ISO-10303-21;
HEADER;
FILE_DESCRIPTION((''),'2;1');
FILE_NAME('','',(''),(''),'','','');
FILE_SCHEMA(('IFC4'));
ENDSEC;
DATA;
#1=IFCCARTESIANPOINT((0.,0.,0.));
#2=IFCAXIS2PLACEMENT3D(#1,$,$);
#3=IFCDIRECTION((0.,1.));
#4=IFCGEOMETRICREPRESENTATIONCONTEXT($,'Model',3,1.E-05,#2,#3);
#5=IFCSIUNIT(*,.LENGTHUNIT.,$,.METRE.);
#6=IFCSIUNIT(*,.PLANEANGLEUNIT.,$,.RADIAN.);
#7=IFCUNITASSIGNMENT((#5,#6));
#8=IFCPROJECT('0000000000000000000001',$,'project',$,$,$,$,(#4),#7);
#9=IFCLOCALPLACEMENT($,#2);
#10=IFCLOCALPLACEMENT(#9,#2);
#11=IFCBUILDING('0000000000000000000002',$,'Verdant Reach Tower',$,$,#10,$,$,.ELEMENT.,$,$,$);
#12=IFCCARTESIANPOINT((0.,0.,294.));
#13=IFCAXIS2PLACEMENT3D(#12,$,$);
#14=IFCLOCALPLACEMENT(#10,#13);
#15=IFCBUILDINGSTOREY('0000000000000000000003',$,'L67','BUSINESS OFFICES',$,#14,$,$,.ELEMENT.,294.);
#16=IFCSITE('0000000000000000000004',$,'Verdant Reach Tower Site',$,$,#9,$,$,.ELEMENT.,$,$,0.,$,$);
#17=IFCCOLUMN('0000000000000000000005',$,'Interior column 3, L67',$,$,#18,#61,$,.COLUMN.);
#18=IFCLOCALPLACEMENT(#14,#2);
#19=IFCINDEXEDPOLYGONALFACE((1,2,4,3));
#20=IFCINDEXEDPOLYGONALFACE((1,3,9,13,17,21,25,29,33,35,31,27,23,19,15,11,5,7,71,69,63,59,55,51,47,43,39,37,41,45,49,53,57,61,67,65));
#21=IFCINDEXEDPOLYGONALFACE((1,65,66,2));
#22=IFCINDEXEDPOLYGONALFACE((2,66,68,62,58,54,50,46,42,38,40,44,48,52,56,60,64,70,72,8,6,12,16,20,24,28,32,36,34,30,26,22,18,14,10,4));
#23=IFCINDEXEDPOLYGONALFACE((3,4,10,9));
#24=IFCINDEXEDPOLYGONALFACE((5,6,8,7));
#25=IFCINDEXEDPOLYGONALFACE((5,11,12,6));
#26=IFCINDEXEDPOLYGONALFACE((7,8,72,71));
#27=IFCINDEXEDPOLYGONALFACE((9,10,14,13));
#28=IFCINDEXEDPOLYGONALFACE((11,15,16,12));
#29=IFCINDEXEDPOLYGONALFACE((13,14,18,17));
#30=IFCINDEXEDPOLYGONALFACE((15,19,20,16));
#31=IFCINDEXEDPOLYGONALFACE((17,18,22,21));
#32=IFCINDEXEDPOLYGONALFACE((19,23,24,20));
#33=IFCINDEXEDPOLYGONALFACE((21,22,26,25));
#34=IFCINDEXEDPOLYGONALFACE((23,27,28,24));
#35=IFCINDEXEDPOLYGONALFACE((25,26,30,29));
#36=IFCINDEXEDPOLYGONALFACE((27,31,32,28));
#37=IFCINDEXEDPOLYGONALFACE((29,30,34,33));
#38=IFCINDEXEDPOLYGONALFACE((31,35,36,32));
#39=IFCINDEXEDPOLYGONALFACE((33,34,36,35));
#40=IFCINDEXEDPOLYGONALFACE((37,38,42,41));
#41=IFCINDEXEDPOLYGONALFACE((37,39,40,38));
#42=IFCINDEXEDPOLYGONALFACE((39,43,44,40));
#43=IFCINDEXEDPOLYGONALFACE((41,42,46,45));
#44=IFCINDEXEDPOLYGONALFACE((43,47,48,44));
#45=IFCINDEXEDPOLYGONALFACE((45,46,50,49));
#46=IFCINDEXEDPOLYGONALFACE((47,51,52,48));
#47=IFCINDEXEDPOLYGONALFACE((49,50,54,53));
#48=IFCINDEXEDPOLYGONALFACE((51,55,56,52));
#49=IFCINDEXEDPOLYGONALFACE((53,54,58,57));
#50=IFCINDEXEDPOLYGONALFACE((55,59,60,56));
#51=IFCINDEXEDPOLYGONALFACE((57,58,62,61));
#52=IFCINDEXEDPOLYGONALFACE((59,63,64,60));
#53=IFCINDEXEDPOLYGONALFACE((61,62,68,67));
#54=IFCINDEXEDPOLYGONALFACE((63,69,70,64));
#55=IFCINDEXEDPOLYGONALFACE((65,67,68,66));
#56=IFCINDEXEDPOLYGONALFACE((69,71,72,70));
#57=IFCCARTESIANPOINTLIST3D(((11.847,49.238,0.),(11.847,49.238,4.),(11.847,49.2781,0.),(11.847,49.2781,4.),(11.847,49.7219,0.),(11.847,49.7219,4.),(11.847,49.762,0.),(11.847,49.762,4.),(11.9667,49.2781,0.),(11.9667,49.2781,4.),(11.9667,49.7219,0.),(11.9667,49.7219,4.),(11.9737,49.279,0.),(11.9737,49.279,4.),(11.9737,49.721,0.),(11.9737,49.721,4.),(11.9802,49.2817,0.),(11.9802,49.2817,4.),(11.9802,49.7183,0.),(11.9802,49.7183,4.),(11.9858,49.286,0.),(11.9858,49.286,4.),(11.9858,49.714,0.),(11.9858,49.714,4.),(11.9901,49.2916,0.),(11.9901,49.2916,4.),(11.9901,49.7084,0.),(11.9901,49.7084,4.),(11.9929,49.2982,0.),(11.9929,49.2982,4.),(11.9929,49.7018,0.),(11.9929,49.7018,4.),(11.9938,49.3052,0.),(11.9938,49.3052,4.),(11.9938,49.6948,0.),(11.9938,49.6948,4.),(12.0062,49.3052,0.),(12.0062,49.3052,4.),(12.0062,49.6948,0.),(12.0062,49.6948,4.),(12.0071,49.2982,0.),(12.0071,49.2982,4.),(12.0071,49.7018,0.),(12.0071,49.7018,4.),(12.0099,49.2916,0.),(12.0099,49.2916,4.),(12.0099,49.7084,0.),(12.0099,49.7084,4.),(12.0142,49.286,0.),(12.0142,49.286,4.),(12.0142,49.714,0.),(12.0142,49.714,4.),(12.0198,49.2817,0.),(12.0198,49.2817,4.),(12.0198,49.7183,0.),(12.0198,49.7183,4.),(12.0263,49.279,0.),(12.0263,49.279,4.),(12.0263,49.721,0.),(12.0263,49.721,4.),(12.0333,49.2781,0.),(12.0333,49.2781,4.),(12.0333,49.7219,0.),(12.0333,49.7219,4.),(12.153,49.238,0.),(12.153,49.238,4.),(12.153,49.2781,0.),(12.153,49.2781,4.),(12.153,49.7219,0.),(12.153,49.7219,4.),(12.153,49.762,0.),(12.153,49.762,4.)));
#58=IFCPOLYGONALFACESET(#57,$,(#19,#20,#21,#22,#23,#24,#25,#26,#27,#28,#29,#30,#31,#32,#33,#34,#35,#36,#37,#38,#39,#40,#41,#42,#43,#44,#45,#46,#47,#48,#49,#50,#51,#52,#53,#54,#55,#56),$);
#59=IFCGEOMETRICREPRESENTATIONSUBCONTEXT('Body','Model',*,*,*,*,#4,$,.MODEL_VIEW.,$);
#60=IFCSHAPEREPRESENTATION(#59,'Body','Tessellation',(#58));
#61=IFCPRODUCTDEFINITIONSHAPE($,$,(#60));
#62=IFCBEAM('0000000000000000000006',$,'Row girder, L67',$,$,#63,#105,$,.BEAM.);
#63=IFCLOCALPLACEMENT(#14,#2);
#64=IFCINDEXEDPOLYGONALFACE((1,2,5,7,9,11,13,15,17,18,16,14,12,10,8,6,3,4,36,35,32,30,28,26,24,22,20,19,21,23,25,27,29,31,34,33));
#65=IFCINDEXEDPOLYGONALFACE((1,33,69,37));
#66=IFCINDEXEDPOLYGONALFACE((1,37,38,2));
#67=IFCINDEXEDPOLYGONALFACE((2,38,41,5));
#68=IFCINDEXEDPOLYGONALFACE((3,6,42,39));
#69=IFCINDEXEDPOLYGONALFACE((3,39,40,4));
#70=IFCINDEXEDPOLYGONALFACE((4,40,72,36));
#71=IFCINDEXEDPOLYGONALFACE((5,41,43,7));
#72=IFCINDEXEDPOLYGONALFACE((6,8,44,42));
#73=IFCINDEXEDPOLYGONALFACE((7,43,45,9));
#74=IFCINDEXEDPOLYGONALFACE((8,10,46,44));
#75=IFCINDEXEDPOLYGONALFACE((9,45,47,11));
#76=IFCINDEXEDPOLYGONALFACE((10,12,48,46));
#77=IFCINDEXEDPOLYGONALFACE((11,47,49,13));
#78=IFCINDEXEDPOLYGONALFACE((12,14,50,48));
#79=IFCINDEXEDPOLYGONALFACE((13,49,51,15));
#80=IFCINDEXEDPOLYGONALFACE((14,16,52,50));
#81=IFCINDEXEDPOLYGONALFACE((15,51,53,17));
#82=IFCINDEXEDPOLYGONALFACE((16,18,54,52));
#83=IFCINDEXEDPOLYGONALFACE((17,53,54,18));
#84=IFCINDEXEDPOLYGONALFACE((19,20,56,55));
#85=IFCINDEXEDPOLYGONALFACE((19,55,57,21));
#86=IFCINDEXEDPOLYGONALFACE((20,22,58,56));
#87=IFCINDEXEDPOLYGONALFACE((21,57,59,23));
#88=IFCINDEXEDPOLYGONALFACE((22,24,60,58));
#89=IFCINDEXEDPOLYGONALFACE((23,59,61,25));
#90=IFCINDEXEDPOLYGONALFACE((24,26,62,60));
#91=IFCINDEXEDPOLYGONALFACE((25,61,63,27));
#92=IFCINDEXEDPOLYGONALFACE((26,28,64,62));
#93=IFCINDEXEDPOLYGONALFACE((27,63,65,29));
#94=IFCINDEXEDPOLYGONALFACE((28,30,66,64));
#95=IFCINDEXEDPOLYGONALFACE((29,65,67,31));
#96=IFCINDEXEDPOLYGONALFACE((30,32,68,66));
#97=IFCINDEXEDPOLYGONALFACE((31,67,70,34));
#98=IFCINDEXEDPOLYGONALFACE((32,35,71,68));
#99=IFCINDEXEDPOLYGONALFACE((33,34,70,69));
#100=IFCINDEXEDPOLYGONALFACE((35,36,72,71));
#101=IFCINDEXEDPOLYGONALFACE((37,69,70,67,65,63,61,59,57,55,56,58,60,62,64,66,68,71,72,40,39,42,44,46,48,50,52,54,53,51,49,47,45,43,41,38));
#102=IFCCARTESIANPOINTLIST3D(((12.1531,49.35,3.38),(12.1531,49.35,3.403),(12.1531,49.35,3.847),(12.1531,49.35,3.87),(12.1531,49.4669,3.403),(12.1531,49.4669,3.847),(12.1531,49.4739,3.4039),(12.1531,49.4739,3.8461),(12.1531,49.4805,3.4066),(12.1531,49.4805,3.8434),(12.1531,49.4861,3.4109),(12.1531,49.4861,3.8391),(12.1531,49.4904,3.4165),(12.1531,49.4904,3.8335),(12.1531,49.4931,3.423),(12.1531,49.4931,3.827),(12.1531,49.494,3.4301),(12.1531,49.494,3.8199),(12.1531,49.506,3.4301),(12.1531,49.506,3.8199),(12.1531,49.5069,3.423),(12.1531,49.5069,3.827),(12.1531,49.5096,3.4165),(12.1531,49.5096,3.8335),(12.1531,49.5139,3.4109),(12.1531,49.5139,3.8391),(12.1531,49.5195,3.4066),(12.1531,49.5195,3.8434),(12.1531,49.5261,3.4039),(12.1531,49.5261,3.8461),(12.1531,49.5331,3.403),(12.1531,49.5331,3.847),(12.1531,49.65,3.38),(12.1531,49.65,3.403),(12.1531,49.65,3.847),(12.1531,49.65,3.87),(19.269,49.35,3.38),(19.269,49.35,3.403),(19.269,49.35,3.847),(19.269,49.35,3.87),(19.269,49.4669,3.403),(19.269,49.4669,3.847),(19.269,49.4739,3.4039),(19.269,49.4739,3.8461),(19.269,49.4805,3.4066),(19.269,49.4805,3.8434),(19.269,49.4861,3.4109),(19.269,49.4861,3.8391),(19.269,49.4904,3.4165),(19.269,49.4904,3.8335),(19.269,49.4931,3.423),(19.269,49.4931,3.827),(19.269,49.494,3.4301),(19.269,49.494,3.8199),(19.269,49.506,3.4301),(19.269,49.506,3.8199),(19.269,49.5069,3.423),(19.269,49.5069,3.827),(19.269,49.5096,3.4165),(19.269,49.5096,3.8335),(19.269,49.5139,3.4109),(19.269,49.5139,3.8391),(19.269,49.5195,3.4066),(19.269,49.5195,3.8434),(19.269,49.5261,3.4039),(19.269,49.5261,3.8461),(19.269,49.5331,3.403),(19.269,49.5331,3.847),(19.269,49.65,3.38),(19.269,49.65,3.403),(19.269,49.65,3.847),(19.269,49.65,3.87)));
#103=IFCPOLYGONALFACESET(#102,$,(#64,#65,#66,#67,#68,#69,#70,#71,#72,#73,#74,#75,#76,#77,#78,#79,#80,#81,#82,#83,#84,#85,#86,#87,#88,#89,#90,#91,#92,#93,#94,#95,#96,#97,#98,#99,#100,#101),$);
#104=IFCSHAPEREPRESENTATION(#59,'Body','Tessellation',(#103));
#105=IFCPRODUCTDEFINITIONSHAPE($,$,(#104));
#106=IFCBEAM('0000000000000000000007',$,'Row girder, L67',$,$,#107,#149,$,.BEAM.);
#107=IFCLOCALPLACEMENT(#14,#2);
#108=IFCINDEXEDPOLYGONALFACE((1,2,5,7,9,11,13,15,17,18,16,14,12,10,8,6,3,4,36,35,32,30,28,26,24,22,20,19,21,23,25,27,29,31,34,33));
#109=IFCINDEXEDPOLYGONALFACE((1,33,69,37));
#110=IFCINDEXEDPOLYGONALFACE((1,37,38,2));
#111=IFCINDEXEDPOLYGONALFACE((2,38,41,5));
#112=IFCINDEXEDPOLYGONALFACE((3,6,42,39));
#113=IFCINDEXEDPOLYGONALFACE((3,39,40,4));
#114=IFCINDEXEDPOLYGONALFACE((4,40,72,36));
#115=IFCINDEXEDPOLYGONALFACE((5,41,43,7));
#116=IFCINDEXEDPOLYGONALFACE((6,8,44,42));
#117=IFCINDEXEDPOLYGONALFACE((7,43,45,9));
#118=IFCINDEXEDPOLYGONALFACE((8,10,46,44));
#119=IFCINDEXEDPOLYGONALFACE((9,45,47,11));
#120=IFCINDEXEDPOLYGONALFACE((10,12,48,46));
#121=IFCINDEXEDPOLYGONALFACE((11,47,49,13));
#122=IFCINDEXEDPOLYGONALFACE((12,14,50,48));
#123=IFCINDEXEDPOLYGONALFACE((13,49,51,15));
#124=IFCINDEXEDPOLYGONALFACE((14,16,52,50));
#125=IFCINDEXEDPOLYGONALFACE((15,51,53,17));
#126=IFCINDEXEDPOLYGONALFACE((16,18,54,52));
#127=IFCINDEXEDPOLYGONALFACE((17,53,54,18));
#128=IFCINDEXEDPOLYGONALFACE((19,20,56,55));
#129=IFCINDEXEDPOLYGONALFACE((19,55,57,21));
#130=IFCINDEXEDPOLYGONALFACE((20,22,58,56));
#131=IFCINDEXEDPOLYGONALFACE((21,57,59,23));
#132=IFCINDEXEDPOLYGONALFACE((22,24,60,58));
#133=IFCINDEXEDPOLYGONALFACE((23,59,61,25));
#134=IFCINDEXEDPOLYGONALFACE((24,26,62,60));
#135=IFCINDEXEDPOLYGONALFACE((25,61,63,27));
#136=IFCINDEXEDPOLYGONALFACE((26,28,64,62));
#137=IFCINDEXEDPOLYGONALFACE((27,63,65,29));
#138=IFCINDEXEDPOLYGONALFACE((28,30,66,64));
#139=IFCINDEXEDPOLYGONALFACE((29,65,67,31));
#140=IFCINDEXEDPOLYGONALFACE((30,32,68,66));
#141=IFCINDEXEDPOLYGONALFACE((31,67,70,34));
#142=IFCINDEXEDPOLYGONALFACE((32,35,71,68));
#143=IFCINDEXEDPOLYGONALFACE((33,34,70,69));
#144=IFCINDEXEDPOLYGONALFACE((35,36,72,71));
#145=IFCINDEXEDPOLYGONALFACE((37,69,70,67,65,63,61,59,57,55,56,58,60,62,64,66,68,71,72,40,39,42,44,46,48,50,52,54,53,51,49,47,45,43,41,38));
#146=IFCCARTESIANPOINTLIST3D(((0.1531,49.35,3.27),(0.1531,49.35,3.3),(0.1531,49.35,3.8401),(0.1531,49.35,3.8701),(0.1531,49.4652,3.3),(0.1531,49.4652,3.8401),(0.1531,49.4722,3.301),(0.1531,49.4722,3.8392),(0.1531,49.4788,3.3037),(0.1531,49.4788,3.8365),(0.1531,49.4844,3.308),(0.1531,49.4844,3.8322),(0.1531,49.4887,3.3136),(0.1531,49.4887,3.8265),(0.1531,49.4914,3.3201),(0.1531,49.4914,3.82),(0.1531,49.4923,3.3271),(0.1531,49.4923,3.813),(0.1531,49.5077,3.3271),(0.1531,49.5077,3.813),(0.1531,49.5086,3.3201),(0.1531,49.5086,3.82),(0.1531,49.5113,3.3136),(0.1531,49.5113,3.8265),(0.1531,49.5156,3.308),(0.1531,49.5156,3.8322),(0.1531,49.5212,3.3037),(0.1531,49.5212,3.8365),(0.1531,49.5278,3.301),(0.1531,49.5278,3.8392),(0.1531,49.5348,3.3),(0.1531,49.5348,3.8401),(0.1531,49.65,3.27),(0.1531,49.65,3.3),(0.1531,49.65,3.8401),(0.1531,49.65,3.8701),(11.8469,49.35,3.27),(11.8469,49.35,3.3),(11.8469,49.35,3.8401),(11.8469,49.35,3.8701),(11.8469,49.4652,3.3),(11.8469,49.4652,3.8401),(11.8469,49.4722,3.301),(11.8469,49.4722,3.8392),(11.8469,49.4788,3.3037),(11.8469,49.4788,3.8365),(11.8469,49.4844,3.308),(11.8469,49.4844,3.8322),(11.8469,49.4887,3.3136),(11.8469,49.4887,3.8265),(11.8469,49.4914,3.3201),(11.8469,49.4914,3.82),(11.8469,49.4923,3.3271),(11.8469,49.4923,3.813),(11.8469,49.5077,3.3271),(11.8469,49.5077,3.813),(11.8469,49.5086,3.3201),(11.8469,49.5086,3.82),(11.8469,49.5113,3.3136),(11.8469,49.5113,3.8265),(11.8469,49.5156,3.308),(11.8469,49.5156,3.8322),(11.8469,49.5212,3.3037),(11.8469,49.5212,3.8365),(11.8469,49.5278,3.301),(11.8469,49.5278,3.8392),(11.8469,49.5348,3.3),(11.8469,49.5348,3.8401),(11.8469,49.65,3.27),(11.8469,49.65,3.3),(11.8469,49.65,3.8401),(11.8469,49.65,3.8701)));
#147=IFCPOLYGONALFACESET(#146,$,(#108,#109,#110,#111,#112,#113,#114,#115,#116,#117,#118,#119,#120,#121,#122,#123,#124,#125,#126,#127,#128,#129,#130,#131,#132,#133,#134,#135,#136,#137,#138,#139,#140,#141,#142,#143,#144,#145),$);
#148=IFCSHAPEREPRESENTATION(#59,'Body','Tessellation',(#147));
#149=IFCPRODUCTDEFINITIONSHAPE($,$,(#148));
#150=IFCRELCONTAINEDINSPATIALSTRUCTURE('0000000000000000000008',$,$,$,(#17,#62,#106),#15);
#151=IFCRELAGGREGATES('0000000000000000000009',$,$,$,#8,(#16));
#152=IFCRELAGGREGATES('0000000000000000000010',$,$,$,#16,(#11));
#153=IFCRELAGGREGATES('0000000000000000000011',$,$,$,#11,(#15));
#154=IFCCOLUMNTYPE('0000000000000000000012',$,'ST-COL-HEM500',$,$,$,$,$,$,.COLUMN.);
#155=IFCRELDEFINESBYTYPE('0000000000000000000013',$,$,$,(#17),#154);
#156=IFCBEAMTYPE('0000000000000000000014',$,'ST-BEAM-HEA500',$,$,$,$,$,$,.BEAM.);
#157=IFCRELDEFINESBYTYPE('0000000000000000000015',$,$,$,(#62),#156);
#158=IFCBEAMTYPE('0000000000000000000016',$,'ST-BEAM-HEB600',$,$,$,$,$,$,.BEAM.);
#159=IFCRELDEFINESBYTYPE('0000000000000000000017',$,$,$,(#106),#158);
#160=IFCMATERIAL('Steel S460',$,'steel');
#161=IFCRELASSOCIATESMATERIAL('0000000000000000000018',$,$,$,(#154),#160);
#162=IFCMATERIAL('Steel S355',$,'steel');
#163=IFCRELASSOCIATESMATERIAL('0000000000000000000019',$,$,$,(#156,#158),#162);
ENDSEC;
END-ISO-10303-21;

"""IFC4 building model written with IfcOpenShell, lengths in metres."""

from ifc_helpers import new_model, si_unit, direction, frame, origin, origin_2d, place, context, subcontext, project, spatial, i_section, extrude, material, material_profile, profile_set, type_object, element, save


model = new_model("IFC4")

# Units and contexts
model_context = context("Model", 3, precision=1e-05, world=origin(), true_north=direction((0.0, 1.0)))
body_context = subcontext(model_context, "Body", "Model", "MODEL_VIEW")
ifc_project = project(units=[si_unit("LENGTHUNIT", "METRE"), si_unit("PLANEANGLEUNIT", "RADIAN")], contexts=[model_context])

# Site, building, storey
site_placement = place(None, origin())
site = spatial("IfcSite", under=ifc_project, at=site_placement, Name="Verdant Reach Tower Site", CompositionType="ELEMENT", RefElevation=0.0)
building_placement = place(site_placement, origin())
building = spatial("IfcBuilding", under=site, at=building_placement, Name="Verdant Reach Tower", CompositionType="ELEMENT")
storey_placement = place(building_placement, frame((0.0, 0.0, 294.0)))
storey = spatial("IfcBuildingStorey", under=building, at=storey_placement, Name="L67", Description="BUSINESS OFFICES", CompositionType="ELEMENT", Elevation=294.0)

# Column
ifc_material_1 = material(Name="Steel S460", Category="steel")
ifc_material_profile_1 = material_profile(ifc_material_1, i_section(OverallWidth=0.3059, OverallDepth=0.5239, WebThickness=0.0125, FlangeThickness=0.04, FilletRadius=0.0271, at=origin_2d()), Name="HEM 500")
ifc_profile_set_1 = profile_set([ifc_material_profile_1], Name="Steel S460")
column_type = type_object("IfcColumnType", Name="ST-COL-HEM500", PredefinedType="COLUMN", material=ifc_profile_set_1)
column_placement = place(storey_placement, frame((12.0, 49.5, 0.0), z_axis=(0.0, 0.0, 1.0), x_axis=(1.0, 0.0, 0.0)))
element("IfcColumn", 1, at=column_placement, inside=storey, type_object=column_type, Name="Interior column 3, L67", PredefinedType="COLUMN", context=body_context, shape_type="SweptSolid", body=[
    extrude(i_section(OverallWidth=0.3059, OverallDepth=0.5239, WebThickness=0.0125, FlangeThickness=0.04, FilletRadius=0.0271, at=origin_2d()), origin(), (0.0, 0.0, 1.0), 4.0),
])

# Beams
ifc_material_2 = material(Name="Steel S355", Category="steel")
ifc_material_profile_2 = material_profile(ifc_material_2, i_section(OverallWidth=0.3, OverallDepth=0.49, WebThickness=0.012, FlangeThickness=0.0229, FilletRadius=0.0271, at=origin_2d()), Name="HEA 500")
ifc_profile_set_2 = profile_set([ifc_material_profile_2], Name="Steel S355")
beam_type_1 = type_object("IfcBeamType", Name="ST-BEAM-HEA500", PredefinedType="BEAM", material=ifc_profile_set_2)
beam_1_placement = place(storey_placement, frame((12.1531, 49.5, 3.625), z_axis=(1.0, 0.0, 0.0), x_axis=(0.0, 1.0, 0.0)))
element("IfcBeam", 2, at=beam_1_placement, inside=storey, type_object=beam_type_1, Name="Row girder, L67", PredefinedType="BEAM", context=body_context, shape_type="SweptSolid", body=[
    extrude(i_section(OverallWidth=0.3, OverallDepth=0.49, WebThickness=0.012, FlangeThickness=0.0229, FilletRadius=0.0271, at=origin_2d()), origin(), (0.0, 0.0, 1.0), 7.116),
])
ifc_material_profile_3 = material_profile(ifc_material_2, i_section(OverallWidth=0.3, OverallDepth=0.6001, WebThickness=0.0154, FlangeThickness=0.03, FilletRadius=0.0271, at=origin_2d()), Name="HEB 600")
ifc_profile_set_3 = profile_set([ifc_material_profile_3], Name="Steel S355")
beam_type_2 = type_object("IfcBeamType", Name="ST-BEAM-HEB600", PredefinedType="BEAM", material=ifc_profile_set_3)
beam_2_placement = place(storey_placement, frame((0.1531, 49.5, 3.5701), z_axis=(1.0, 0.0, 0.0), x_axis=(0.0, 1.0, 0.0)))
element("IfcBeam", 3, at=beam_2_placement, inside=storey, type_object=beam_type_2, Name="Row girder, L67", PredefinedType="BEAM", context=body_context, shape_type="SweptSolid", body=[
    extrude(i_section(OverallWidth=0.3, OverallDepth=0.6001, WebThickness=0.0154, FlangeThickness=0.03, FilletRadius=0.0271, at=origin_2d()), origin(), (0.0, 0.0, 1.0), 11.6938),
])

save(model, "model.ifc")
